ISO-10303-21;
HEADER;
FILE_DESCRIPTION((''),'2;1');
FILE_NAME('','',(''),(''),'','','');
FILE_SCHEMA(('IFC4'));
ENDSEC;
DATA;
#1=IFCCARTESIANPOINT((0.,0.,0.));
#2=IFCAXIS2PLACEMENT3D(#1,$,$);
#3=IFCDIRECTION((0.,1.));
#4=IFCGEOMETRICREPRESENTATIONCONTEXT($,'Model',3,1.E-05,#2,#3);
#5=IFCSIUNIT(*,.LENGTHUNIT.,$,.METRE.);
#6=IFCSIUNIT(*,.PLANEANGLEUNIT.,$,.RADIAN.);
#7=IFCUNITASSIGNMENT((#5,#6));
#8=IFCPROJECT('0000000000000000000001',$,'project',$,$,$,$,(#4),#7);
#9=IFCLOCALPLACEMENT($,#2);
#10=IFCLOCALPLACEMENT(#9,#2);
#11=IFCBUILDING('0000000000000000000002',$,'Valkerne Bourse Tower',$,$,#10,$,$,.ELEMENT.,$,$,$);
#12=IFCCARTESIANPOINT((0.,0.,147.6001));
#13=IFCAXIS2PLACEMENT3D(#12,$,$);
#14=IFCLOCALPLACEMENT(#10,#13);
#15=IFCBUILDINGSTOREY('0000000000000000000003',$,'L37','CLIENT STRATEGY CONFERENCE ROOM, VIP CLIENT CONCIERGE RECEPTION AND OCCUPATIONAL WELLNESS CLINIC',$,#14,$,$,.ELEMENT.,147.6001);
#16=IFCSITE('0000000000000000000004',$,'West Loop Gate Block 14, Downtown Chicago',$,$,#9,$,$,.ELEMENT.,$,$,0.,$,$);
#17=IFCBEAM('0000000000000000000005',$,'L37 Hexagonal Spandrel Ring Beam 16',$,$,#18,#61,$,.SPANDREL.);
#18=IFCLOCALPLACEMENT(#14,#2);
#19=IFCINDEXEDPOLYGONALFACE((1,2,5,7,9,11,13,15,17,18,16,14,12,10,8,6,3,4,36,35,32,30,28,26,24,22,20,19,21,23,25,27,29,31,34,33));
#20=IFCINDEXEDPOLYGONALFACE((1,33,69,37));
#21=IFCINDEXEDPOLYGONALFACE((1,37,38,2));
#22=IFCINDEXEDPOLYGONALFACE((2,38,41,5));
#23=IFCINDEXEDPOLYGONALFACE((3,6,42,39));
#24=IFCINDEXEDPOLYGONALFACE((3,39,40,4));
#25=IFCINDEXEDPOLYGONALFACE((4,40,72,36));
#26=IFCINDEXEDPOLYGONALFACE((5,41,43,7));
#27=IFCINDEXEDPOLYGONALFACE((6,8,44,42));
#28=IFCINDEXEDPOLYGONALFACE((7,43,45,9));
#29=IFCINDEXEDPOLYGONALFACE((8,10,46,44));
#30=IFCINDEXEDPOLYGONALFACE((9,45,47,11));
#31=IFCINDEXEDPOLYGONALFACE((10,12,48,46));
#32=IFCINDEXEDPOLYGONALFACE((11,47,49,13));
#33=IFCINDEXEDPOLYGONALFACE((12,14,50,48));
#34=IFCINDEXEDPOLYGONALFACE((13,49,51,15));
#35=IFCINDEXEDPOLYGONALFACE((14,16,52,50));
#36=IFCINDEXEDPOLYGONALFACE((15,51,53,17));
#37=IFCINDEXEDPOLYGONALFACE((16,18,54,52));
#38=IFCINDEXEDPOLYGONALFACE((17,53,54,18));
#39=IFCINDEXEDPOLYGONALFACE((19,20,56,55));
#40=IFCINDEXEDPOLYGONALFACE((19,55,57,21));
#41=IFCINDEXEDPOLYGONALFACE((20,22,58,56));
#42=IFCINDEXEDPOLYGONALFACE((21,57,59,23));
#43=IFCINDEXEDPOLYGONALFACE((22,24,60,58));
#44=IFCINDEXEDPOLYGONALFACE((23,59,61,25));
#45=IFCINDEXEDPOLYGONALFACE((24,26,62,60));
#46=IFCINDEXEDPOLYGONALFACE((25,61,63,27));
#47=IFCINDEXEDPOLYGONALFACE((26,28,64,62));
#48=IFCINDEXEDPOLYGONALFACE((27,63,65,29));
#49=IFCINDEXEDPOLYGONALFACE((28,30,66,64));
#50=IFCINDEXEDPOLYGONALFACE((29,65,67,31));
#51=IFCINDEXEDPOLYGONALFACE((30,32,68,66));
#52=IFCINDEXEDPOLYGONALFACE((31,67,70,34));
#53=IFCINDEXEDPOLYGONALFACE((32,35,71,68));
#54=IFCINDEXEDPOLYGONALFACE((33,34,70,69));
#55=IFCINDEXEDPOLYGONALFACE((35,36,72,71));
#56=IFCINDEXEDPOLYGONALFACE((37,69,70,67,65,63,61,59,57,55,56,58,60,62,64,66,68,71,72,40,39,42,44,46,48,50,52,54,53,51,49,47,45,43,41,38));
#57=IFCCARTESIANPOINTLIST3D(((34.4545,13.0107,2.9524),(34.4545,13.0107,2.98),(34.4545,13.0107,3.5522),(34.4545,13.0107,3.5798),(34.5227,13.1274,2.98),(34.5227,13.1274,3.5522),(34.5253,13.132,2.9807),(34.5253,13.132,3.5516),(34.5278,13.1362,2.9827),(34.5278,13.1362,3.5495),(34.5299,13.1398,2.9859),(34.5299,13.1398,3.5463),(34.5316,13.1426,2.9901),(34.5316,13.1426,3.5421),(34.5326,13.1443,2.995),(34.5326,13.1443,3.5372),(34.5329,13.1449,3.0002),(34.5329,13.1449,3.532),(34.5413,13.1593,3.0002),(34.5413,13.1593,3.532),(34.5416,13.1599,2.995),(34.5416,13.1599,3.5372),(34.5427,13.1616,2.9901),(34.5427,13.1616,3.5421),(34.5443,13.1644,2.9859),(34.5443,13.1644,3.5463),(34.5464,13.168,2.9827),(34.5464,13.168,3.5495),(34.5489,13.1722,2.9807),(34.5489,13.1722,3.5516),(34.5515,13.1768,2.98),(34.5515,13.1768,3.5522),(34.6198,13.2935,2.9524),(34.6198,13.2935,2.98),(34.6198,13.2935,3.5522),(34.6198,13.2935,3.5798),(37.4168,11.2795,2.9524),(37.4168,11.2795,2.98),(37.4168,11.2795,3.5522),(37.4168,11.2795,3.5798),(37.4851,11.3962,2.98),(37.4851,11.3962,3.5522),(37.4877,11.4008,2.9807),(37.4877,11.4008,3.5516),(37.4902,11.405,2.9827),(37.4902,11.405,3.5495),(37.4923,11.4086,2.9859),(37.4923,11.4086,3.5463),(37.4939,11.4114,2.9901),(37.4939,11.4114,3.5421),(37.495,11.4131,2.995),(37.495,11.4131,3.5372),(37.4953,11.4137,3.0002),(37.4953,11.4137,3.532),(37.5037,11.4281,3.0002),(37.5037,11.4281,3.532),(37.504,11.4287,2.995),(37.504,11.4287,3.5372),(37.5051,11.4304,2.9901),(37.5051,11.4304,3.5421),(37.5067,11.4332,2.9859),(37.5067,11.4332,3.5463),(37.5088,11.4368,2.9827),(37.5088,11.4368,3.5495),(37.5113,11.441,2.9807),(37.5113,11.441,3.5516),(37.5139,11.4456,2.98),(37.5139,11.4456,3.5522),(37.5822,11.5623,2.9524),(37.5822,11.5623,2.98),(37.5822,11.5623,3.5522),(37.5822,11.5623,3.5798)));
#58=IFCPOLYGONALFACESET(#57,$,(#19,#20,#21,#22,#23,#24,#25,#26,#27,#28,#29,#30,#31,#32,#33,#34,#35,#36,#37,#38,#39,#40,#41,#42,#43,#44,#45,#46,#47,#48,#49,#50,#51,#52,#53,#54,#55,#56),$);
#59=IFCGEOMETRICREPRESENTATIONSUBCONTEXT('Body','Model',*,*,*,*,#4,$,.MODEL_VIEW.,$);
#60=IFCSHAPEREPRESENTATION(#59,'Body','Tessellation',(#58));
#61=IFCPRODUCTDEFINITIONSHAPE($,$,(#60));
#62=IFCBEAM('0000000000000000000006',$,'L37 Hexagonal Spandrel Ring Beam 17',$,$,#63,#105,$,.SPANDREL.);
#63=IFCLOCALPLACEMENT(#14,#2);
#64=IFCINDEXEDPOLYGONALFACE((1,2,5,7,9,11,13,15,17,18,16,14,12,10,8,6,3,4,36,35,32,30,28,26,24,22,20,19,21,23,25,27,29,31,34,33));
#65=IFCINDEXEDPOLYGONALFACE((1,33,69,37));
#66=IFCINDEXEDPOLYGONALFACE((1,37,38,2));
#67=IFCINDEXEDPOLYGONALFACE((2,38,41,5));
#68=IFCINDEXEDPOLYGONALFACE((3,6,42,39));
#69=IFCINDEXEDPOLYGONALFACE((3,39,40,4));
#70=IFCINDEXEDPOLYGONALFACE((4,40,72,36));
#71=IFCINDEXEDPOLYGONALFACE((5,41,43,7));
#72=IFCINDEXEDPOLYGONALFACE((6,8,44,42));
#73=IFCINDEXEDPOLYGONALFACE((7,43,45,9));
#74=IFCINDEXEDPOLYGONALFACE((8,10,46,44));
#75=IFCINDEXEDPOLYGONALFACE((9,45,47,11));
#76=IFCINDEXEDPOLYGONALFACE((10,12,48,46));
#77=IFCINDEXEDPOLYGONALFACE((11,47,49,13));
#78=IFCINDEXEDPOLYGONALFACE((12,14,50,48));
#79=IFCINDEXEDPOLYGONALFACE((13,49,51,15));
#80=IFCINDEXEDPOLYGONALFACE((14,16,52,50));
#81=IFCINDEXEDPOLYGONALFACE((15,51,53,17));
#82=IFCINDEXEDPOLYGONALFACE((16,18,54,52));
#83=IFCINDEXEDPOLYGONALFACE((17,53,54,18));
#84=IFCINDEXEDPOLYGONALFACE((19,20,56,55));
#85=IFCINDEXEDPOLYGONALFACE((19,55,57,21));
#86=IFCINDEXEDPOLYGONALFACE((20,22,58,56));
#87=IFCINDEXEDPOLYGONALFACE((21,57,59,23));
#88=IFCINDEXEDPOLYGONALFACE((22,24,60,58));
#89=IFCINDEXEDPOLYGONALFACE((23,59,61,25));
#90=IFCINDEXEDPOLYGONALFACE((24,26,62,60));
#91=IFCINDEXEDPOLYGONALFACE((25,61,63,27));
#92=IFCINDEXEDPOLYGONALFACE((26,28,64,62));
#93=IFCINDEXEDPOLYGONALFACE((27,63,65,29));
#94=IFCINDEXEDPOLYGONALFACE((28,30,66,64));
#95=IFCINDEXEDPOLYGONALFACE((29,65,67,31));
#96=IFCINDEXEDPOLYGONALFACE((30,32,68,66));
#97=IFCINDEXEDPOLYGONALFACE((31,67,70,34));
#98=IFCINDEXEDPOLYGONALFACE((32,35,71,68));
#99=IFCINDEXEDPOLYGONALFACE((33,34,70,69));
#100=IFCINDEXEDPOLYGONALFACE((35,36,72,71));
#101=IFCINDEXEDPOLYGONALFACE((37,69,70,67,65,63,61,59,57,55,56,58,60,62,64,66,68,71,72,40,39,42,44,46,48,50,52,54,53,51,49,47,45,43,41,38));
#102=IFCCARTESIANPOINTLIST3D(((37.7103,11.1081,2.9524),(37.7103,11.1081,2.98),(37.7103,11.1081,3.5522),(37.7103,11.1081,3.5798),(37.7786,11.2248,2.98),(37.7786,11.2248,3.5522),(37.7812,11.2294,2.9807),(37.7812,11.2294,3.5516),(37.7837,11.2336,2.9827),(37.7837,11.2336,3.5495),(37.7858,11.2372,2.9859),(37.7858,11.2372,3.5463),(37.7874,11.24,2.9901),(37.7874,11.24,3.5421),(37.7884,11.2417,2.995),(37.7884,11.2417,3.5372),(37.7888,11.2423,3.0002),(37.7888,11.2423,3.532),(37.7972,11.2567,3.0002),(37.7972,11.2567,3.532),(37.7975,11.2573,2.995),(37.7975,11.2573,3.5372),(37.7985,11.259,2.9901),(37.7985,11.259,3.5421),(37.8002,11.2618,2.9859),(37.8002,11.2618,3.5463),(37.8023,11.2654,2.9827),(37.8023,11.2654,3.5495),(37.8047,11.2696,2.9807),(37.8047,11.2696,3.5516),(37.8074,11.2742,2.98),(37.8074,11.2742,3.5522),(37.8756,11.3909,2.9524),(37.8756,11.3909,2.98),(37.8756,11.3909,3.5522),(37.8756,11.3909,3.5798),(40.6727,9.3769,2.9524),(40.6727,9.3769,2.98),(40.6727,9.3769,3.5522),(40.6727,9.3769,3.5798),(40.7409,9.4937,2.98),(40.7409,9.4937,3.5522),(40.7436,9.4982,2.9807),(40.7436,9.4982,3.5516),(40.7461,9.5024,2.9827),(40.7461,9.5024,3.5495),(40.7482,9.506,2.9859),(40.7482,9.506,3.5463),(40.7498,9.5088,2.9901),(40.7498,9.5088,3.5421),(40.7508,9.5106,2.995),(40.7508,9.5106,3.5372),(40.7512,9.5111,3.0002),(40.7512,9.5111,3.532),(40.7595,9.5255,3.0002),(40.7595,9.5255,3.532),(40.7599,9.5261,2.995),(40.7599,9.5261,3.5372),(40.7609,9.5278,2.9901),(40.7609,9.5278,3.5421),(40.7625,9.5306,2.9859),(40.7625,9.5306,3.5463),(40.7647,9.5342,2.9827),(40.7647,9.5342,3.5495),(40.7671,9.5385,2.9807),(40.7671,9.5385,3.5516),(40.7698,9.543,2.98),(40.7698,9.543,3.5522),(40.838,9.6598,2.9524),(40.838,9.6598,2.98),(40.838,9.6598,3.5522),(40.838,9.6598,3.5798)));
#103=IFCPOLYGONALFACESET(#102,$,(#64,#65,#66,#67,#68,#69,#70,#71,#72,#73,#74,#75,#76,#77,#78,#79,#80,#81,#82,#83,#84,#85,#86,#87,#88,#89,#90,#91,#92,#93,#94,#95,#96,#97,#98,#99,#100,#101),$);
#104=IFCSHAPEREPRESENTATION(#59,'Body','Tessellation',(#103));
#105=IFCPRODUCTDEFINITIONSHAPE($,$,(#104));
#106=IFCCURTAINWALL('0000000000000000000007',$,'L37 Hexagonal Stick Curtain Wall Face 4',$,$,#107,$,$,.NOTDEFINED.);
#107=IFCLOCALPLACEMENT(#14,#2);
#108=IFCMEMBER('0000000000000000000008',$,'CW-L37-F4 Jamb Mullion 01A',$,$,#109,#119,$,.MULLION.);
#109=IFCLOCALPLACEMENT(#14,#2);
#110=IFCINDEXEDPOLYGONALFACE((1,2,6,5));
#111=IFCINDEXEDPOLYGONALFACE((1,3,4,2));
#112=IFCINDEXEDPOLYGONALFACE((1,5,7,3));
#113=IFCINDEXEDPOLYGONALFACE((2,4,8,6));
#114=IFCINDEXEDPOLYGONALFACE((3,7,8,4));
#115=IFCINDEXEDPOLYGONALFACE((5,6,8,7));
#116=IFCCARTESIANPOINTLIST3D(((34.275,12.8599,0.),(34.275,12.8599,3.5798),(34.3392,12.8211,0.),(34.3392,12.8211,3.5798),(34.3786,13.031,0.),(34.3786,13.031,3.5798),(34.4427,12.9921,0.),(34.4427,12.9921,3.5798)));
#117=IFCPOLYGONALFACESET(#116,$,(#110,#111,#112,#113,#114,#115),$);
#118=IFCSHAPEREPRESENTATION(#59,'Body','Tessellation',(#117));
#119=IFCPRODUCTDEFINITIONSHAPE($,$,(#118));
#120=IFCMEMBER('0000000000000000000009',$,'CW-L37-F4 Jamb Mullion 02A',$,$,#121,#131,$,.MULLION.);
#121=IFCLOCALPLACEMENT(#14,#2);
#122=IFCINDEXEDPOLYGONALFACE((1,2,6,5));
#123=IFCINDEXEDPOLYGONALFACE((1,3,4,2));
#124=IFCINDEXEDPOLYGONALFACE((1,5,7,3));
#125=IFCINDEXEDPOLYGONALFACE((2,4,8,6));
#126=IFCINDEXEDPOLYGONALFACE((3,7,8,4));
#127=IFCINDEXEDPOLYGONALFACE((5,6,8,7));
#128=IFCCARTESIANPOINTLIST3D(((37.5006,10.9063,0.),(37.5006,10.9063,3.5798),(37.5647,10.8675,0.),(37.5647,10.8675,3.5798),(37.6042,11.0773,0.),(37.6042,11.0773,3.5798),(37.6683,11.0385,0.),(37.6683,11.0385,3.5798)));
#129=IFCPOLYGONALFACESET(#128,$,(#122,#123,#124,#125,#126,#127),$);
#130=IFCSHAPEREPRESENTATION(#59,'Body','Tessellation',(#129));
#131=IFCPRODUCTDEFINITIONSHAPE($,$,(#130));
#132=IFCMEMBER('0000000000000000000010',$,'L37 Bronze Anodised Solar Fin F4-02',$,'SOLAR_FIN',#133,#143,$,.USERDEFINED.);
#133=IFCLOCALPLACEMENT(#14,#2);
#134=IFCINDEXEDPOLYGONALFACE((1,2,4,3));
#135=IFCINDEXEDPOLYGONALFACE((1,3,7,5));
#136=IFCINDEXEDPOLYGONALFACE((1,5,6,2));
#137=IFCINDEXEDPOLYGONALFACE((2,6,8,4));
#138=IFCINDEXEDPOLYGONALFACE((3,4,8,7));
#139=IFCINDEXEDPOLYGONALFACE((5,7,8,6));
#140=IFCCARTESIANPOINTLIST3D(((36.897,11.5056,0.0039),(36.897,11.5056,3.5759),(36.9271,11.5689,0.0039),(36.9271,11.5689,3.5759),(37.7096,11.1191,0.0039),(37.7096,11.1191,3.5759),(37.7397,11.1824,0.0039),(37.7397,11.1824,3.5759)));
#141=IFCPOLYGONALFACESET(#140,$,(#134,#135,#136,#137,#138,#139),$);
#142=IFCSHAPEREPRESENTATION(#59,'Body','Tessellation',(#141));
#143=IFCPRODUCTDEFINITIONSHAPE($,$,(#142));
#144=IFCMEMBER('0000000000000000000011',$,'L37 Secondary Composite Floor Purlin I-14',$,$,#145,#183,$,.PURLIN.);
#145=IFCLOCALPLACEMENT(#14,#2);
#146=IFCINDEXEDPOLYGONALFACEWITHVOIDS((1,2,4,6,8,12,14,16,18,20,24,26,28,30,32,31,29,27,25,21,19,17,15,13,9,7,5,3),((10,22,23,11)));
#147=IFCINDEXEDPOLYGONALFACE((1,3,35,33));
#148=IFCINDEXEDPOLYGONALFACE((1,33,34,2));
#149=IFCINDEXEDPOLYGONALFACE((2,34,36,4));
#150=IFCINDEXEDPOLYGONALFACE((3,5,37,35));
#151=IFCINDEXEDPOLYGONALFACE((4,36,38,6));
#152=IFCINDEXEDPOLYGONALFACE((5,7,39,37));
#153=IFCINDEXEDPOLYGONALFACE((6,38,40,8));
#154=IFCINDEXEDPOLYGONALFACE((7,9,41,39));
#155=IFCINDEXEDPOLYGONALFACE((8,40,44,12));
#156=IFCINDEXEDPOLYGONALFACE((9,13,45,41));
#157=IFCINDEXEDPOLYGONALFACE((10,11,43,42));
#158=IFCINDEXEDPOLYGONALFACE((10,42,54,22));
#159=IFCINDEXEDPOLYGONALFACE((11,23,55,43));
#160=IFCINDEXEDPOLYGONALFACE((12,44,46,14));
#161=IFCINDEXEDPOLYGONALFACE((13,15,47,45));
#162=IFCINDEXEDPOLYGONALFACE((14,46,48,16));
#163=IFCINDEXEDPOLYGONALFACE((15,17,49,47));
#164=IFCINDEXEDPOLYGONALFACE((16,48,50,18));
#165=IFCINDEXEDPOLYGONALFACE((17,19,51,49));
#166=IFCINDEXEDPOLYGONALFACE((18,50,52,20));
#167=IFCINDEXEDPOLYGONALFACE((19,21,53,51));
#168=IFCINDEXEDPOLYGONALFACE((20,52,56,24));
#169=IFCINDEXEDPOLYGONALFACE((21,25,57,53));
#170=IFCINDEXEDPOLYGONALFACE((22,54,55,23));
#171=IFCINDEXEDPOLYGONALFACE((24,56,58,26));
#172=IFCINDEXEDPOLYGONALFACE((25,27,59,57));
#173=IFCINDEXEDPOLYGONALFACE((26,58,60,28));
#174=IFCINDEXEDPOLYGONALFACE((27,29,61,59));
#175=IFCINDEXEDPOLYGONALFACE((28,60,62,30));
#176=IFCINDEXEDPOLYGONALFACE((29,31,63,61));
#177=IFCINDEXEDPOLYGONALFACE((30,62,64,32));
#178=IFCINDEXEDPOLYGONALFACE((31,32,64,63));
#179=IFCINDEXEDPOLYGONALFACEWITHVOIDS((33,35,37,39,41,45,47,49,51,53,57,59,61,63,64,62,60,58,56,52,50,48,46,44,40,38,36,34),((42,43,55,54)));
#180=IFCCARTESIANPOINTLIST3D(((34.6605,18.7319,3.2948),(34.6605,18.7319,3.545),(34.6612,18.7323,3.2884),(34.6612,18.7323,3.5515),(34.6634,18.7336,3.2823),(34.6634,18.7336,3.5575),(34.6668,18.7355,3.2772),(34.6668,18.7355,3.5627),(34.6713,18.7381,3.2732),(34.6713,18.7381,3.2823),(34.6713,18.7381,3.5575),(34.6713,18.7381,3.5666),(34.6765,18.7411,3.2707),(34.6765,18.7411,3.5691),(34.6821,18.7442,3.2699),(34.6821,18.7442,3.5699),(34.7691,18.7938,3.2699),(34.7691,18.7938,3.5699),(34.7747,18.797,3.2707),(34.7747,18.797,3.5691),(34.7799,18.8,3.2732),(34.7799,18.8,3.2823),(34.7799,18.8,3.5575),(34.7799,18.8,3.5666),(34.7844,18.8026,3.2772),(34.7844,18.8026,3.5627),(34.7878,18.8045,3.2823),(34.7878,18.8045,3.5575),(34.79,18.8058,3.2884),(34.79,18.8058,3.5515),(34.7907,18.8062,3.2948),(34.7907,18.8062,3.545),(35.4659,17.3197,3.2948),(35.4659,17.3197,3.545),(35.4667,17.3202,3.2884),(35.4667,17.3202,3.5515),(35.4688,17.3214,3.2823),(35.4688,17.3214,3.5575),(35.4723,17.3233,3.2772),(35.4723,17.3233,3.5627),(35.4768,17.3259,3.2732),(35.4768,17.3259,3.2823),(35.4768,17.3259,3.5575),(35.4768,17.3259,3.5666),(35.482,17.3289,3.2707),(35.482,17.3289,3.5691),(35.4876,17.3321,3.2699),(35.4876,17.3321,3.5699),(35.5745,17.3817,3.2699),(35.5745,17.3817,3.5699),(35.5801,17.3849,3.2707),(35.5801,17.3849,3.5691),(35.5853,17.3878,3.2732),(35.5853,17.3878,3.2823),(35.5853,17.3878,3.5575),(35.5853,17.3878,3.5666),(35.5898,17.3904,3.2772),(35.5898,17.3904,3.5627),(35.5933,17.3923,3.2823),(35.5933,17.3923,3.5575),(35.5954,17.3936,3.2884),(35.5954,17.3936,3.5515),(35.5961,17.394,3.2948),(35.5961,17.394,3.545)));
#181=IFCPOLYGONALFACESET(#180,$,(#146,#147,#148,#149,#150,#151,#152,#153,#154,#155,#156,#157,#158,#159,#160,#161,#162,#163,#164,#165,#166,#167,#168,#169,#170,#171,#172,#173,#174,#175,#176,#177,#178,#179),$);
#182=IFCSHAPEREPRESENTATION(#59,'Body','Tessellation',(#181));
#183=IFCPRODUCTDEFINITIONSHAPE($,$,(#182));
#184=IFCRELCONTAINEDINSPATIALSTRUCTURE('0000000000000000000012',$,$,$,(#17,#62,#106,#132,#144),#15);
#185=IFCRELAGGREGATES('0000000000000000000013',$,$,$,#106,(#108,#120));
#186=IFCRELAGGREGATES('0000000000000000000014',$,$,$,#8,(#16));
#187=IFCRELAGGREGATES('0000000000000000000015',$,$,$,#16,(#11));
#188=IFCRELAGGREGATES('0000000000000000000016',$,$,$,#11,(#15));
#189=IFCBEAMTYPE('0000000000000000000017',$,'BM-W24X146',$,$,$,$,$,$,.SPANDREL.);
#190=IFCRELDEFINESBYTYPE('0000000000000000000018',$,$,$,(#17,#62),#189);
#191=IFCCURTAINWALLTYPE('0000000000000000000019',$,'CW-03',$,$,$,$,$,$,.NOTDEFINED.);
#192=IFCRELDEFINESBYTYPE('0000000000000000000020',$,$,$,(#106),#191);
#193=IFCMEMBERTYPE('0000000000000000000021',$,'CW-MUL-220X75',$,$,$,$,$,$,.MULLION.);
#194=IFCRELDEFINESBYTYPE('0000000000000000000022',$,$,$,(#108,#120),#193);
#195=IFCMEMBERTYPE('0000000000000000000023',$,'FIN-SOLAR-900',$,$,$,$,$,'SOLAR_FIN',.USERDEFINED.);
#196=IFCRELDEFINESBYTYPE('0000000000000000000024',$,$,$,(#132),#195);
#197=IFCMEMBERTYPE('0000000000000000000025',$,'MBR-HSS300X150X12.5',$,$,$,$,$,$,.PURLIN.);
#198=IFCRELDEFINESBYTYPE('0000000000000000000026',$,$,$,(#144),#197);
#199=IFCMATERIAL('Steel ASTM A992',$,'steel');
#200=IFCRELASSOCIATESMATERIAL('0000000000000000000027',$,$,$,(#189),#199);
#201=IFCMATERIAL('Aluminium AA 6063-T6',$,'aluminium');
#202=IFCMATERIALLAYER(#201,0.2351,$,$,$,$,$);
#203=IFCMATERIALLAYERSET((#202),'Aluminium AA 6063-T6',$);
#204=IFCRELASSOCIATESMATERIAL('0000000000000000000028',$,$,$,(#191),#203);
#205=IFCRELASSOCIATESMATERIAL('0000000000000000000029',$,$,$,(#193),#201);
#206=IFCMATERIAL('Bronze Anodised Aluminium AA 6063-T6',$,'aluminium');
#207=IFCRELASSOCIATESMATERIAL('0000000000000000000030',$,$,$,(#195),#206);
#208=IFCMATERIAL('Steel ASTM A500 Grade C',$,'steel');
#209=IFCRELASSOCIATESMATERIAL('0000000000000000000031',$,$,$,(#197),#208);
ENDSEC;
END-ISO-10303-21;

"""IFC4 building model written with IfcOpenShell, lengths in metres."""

from ifc_helpers import new_model, si_unit, direction, frame, origin, origin_2d, place, context, subcontext, project, spatial, rectangle, hollow_rectangle, i_section, extrude, material, layer, layer_set, material_profile, profile_set, type_object, element, aggregate, save


model = new_model("IFC4")

# Units and contexts
model_context = context("Model", 3, precision=1e-05, world=origin(), true_north=direction((0.0, 1.0)))
body_context = subcontext(model_context, "Body", "Model", "MODEL_VIEW")
ifc_project = project(units=[si_unit("LENGTHUNIT", "METRE"), si_unit("PLANEANGLEUNIT", "RADIAN")], contexts=[model_context])

# Site, building, storey
site_placement = place(None, origin())
site = spatial("IfcSite", under=ifc_project, at=site_placement, Name="West Loop Gate Block 14, Downtown Chicago", CompositionType="ELEMENT", RefElevation=0.0)
building_placement = place(site_placement, origin())
building = spatial("IfcBuilding", under=site, at=building_placement, Name="Valkerne Bourse Tower", CompositionType="ELEMENT")
storey_placement = place(building_placement, frame((0.0, 0.0, 147.6001)))
storey = spatial("IfcBuildingStorey", under=building, at=storey_placement, Name="L37", Description="CLIENT STRATEGY CONFERENCE ROOM, VIP CLIENT CONCIERGE RECEPTION AND OCCUPATIONAL WELLNESS CLINIC", CompositionType="ELEMENT", Elevation=147.6001)

# Beams
ifc_material_1 = material(Name="Steel ASTM A992", Category="steel")
ifc_material_profile_1 = material_profile(ifc_material_1, i_section(OverallWidth=0.3276, OverallDepth=0.6274, WebThickness=0.0166, FlangeThickness=0.0276, FilletRadius=0.0203, at=origin_2d()), Name="W24X146")
ifc_profile_set_1 = profile_set([ifc_material_profile_1], Name="Steel ASTM A992")
beam_type_1 = type_object("IfcBeamType", Name="BM-W24X146", PredefinedType="SPANDREL", material=ifc_profile_set_1)
for number, where, z_axis, x_axis, name in (
    (1, (34.5371, 13.1521, 3.2661), (0.863381, -0.504552, 0.0), (0.504552, 0.863381, 0.0), "L37 Hexagonal Spandrel Ring Beam 16"),
    (2, (37.793, 11.2495, 3.2661), (0.863381, -0.504552, 0.0), (0.504552, 0.863381, 0.0), "L37 Hexagonal Spandrel Ring Beam 17"),
):
    element("IfcBeam", number, at=place(storey_placement, frame(where, z_axis=z_axis, x_axis=x_axis)), inside=storey, type_object=beam_type_1, Name=name, PredefinedType="SPANDREL", context=body_context, shape_type="SweptSolid", body=[
        extrude(i_section(OverallWidth=0.3276, OverallDepth=0.6274, WebThickness=0.0166, FlangeThickness=0.0276, FilletRadius=0.0203, at=origin_2d()), origin(), (0.0, 0.0, 1.0), 3.4312),
    ])

# Curtain wall, members
ifc_material_2 = material(Name="Aluminium AA 6063-T6", Category="aluminium")
ifc_layer_1 = layer(ifc_material_2, 0.2351)
ifc_layer_set_1 = layer_set([ifc_layer_1], Name="Aluminium AA 6063-T6")
curtain_wall_type = type_object("IfcCurtainWallType", Name="CW-03", PredefinedType="NOTDEFINED", material=ifc_layer_set_1)
curtain_wall_placement = place(storey_placement, origin())
curtain_wall = element("IfcCurtainWall", 3, at=curtain_wall_placement, inside=storey, type_object=curtain_wall_type, Name="L37 Hexagonal Stick Curtain Wall Face 4", PredefinedType="NOTDEFINED")
ifc_material_profile_2 = material_profile(ifc_material_2, rectangle(XDim=0.075, YDim=0.2, at=origin_2d()), Name="CWM-75X200")
ifc_profile_set_2 = profile_set([ifc_material_profile_2], Name="Aluminium AA 6063-T6")
member_type_1 = type_object("IfcMemberType", Name="CW-MUL-220X75", PredefinedType="MULLION", material=ifc_profile_set_2)
member_1_placement = place(storey_placement, frame((34.3589, 12.926, 0.0), z_axis=(0.0, 0.0, 1.0), x_axis=(0.855363, -0.518028, 0.0)))
member_1 = element("IfcMember", 4, at=member_1_placement, type_object=member_type_1, Name="CW-L37-F4 Jamb Mullion 01A", PredefinedType="MULLION", context=body_context, shape_type="SweptSolid", body=[
    extrude(rectangle(XDim=0.075, YDim=0.2, at=origin_2d()), origin(), (0.0, 0.0, 1.0), 3.5798),
])
member_2_placement = place(storey_placement, frame((37.5845, 10.9724, 0.0), z_axis=(0.0, 0.0, 1.0), x_axis=(0.855363, -0.518028, 0.0)))
member_2 = element("IfcMember", 5, at=member_2_placement, type_object=member_type_1, Name="CW-L37-F4 Jamb Mullion 02A", PredefinedType="MULLION", context=body_context, shape_type="SweptSolid", body=[
    extrude(rectangle(XDim=0.075, YDim=0.2, at=origin_2d()), origin(), (0.0, 0.0, 1.0), 3.5798),
])

# Members
ifc_material_3 = material(Name="Bronze Anodised Aluminium AA 6063-T6", Category="aluminium")
ifc_material_profile_3 = material_profile(ifc_material_3, rectangle(XDim=0.0701, YDim=0.8999, at=origin_2d()), Name="FIN-70X900")
ifc_profile_set_3 = profile_set([ifc_material_profile_3], Name="Bronze Anodised Aluminium AA 6063-T6")
member_type_2 = type_object("IfcMemberType", Name="FIN-SOLAR-900", ElementType="SOLAR_FIN", PredefinedType="USERDEFINED", material=ifc_profile_set_3)
member_3_placement = place(storey_placement, frame((37.3184, 11.344, 0.0039), z_axis=(0.0, 0.0, 1.0), x_axis=(-0.429549, -0.903044, 0.0)))
element("IfcMember", 6, at=member_3_placement, inside=storey, type_object=member_type_2, Name="L37 Bronze Anodised Solar Fin F4-02", ObjectType="SOLAR_FIN", PredefinedType="USERDEFINED", context=body_context, shape_type="SweptSolid", body=[
    extrude(rectangle(XDim=0.0701, YDim=0.8999, at=origin_2d()), origin(), (0.0, 0.0, 1.0), 3.572),
])
ifc_material_4 = material(Name="Steel ASTM A500 Grade C", Category="steel")
ifc_material_profile_4 = material_profile(ifc_material_4, hollow_rectangle(XDim=0.1499, YDim=0.3, WallThickness=0.0125, OuterFilletRadius=0.0249, at=origin_2d()), Name="HSS300X150X12.5")
ifc_profile_set_4 = profile_set([ifc_material_profile_4], Name="Steel ASTM A500 Grade C")
member_type_3 = type_object("IfcMemberType", Name="MBR-HSS300X150X12.5", PredefinedType="PURLIN", material=ifc_profile_set_4)
member_4_placement = place(storey_placement, frame((34.7256, 18.769, 3.4199), z_axis=(0.495443, -0.86864, 0.0), x_axis=(0.86864, 0.495443, 0.0)))
element("IfcMember", 7, at=member_4_placement, inside=storey, type_object=member_type_3, Name="L37 Secondary Composite Floor Purlin I-14", PredefinedType="PURLIN", context=body_context, shape_type="SweptSolid", body=[
    extrude(hollow_rectangle(XDim=0.1499, YDim=0.3, WallThickness=0.0125, OuterFilletRadius=0.0249, at=origin_2d()), origin(), (0.0, 0.0, 1.0), 1.6257),
])

aggregate(curtain_wall, [member_1, member_2])

save(model, "model.ifc")
